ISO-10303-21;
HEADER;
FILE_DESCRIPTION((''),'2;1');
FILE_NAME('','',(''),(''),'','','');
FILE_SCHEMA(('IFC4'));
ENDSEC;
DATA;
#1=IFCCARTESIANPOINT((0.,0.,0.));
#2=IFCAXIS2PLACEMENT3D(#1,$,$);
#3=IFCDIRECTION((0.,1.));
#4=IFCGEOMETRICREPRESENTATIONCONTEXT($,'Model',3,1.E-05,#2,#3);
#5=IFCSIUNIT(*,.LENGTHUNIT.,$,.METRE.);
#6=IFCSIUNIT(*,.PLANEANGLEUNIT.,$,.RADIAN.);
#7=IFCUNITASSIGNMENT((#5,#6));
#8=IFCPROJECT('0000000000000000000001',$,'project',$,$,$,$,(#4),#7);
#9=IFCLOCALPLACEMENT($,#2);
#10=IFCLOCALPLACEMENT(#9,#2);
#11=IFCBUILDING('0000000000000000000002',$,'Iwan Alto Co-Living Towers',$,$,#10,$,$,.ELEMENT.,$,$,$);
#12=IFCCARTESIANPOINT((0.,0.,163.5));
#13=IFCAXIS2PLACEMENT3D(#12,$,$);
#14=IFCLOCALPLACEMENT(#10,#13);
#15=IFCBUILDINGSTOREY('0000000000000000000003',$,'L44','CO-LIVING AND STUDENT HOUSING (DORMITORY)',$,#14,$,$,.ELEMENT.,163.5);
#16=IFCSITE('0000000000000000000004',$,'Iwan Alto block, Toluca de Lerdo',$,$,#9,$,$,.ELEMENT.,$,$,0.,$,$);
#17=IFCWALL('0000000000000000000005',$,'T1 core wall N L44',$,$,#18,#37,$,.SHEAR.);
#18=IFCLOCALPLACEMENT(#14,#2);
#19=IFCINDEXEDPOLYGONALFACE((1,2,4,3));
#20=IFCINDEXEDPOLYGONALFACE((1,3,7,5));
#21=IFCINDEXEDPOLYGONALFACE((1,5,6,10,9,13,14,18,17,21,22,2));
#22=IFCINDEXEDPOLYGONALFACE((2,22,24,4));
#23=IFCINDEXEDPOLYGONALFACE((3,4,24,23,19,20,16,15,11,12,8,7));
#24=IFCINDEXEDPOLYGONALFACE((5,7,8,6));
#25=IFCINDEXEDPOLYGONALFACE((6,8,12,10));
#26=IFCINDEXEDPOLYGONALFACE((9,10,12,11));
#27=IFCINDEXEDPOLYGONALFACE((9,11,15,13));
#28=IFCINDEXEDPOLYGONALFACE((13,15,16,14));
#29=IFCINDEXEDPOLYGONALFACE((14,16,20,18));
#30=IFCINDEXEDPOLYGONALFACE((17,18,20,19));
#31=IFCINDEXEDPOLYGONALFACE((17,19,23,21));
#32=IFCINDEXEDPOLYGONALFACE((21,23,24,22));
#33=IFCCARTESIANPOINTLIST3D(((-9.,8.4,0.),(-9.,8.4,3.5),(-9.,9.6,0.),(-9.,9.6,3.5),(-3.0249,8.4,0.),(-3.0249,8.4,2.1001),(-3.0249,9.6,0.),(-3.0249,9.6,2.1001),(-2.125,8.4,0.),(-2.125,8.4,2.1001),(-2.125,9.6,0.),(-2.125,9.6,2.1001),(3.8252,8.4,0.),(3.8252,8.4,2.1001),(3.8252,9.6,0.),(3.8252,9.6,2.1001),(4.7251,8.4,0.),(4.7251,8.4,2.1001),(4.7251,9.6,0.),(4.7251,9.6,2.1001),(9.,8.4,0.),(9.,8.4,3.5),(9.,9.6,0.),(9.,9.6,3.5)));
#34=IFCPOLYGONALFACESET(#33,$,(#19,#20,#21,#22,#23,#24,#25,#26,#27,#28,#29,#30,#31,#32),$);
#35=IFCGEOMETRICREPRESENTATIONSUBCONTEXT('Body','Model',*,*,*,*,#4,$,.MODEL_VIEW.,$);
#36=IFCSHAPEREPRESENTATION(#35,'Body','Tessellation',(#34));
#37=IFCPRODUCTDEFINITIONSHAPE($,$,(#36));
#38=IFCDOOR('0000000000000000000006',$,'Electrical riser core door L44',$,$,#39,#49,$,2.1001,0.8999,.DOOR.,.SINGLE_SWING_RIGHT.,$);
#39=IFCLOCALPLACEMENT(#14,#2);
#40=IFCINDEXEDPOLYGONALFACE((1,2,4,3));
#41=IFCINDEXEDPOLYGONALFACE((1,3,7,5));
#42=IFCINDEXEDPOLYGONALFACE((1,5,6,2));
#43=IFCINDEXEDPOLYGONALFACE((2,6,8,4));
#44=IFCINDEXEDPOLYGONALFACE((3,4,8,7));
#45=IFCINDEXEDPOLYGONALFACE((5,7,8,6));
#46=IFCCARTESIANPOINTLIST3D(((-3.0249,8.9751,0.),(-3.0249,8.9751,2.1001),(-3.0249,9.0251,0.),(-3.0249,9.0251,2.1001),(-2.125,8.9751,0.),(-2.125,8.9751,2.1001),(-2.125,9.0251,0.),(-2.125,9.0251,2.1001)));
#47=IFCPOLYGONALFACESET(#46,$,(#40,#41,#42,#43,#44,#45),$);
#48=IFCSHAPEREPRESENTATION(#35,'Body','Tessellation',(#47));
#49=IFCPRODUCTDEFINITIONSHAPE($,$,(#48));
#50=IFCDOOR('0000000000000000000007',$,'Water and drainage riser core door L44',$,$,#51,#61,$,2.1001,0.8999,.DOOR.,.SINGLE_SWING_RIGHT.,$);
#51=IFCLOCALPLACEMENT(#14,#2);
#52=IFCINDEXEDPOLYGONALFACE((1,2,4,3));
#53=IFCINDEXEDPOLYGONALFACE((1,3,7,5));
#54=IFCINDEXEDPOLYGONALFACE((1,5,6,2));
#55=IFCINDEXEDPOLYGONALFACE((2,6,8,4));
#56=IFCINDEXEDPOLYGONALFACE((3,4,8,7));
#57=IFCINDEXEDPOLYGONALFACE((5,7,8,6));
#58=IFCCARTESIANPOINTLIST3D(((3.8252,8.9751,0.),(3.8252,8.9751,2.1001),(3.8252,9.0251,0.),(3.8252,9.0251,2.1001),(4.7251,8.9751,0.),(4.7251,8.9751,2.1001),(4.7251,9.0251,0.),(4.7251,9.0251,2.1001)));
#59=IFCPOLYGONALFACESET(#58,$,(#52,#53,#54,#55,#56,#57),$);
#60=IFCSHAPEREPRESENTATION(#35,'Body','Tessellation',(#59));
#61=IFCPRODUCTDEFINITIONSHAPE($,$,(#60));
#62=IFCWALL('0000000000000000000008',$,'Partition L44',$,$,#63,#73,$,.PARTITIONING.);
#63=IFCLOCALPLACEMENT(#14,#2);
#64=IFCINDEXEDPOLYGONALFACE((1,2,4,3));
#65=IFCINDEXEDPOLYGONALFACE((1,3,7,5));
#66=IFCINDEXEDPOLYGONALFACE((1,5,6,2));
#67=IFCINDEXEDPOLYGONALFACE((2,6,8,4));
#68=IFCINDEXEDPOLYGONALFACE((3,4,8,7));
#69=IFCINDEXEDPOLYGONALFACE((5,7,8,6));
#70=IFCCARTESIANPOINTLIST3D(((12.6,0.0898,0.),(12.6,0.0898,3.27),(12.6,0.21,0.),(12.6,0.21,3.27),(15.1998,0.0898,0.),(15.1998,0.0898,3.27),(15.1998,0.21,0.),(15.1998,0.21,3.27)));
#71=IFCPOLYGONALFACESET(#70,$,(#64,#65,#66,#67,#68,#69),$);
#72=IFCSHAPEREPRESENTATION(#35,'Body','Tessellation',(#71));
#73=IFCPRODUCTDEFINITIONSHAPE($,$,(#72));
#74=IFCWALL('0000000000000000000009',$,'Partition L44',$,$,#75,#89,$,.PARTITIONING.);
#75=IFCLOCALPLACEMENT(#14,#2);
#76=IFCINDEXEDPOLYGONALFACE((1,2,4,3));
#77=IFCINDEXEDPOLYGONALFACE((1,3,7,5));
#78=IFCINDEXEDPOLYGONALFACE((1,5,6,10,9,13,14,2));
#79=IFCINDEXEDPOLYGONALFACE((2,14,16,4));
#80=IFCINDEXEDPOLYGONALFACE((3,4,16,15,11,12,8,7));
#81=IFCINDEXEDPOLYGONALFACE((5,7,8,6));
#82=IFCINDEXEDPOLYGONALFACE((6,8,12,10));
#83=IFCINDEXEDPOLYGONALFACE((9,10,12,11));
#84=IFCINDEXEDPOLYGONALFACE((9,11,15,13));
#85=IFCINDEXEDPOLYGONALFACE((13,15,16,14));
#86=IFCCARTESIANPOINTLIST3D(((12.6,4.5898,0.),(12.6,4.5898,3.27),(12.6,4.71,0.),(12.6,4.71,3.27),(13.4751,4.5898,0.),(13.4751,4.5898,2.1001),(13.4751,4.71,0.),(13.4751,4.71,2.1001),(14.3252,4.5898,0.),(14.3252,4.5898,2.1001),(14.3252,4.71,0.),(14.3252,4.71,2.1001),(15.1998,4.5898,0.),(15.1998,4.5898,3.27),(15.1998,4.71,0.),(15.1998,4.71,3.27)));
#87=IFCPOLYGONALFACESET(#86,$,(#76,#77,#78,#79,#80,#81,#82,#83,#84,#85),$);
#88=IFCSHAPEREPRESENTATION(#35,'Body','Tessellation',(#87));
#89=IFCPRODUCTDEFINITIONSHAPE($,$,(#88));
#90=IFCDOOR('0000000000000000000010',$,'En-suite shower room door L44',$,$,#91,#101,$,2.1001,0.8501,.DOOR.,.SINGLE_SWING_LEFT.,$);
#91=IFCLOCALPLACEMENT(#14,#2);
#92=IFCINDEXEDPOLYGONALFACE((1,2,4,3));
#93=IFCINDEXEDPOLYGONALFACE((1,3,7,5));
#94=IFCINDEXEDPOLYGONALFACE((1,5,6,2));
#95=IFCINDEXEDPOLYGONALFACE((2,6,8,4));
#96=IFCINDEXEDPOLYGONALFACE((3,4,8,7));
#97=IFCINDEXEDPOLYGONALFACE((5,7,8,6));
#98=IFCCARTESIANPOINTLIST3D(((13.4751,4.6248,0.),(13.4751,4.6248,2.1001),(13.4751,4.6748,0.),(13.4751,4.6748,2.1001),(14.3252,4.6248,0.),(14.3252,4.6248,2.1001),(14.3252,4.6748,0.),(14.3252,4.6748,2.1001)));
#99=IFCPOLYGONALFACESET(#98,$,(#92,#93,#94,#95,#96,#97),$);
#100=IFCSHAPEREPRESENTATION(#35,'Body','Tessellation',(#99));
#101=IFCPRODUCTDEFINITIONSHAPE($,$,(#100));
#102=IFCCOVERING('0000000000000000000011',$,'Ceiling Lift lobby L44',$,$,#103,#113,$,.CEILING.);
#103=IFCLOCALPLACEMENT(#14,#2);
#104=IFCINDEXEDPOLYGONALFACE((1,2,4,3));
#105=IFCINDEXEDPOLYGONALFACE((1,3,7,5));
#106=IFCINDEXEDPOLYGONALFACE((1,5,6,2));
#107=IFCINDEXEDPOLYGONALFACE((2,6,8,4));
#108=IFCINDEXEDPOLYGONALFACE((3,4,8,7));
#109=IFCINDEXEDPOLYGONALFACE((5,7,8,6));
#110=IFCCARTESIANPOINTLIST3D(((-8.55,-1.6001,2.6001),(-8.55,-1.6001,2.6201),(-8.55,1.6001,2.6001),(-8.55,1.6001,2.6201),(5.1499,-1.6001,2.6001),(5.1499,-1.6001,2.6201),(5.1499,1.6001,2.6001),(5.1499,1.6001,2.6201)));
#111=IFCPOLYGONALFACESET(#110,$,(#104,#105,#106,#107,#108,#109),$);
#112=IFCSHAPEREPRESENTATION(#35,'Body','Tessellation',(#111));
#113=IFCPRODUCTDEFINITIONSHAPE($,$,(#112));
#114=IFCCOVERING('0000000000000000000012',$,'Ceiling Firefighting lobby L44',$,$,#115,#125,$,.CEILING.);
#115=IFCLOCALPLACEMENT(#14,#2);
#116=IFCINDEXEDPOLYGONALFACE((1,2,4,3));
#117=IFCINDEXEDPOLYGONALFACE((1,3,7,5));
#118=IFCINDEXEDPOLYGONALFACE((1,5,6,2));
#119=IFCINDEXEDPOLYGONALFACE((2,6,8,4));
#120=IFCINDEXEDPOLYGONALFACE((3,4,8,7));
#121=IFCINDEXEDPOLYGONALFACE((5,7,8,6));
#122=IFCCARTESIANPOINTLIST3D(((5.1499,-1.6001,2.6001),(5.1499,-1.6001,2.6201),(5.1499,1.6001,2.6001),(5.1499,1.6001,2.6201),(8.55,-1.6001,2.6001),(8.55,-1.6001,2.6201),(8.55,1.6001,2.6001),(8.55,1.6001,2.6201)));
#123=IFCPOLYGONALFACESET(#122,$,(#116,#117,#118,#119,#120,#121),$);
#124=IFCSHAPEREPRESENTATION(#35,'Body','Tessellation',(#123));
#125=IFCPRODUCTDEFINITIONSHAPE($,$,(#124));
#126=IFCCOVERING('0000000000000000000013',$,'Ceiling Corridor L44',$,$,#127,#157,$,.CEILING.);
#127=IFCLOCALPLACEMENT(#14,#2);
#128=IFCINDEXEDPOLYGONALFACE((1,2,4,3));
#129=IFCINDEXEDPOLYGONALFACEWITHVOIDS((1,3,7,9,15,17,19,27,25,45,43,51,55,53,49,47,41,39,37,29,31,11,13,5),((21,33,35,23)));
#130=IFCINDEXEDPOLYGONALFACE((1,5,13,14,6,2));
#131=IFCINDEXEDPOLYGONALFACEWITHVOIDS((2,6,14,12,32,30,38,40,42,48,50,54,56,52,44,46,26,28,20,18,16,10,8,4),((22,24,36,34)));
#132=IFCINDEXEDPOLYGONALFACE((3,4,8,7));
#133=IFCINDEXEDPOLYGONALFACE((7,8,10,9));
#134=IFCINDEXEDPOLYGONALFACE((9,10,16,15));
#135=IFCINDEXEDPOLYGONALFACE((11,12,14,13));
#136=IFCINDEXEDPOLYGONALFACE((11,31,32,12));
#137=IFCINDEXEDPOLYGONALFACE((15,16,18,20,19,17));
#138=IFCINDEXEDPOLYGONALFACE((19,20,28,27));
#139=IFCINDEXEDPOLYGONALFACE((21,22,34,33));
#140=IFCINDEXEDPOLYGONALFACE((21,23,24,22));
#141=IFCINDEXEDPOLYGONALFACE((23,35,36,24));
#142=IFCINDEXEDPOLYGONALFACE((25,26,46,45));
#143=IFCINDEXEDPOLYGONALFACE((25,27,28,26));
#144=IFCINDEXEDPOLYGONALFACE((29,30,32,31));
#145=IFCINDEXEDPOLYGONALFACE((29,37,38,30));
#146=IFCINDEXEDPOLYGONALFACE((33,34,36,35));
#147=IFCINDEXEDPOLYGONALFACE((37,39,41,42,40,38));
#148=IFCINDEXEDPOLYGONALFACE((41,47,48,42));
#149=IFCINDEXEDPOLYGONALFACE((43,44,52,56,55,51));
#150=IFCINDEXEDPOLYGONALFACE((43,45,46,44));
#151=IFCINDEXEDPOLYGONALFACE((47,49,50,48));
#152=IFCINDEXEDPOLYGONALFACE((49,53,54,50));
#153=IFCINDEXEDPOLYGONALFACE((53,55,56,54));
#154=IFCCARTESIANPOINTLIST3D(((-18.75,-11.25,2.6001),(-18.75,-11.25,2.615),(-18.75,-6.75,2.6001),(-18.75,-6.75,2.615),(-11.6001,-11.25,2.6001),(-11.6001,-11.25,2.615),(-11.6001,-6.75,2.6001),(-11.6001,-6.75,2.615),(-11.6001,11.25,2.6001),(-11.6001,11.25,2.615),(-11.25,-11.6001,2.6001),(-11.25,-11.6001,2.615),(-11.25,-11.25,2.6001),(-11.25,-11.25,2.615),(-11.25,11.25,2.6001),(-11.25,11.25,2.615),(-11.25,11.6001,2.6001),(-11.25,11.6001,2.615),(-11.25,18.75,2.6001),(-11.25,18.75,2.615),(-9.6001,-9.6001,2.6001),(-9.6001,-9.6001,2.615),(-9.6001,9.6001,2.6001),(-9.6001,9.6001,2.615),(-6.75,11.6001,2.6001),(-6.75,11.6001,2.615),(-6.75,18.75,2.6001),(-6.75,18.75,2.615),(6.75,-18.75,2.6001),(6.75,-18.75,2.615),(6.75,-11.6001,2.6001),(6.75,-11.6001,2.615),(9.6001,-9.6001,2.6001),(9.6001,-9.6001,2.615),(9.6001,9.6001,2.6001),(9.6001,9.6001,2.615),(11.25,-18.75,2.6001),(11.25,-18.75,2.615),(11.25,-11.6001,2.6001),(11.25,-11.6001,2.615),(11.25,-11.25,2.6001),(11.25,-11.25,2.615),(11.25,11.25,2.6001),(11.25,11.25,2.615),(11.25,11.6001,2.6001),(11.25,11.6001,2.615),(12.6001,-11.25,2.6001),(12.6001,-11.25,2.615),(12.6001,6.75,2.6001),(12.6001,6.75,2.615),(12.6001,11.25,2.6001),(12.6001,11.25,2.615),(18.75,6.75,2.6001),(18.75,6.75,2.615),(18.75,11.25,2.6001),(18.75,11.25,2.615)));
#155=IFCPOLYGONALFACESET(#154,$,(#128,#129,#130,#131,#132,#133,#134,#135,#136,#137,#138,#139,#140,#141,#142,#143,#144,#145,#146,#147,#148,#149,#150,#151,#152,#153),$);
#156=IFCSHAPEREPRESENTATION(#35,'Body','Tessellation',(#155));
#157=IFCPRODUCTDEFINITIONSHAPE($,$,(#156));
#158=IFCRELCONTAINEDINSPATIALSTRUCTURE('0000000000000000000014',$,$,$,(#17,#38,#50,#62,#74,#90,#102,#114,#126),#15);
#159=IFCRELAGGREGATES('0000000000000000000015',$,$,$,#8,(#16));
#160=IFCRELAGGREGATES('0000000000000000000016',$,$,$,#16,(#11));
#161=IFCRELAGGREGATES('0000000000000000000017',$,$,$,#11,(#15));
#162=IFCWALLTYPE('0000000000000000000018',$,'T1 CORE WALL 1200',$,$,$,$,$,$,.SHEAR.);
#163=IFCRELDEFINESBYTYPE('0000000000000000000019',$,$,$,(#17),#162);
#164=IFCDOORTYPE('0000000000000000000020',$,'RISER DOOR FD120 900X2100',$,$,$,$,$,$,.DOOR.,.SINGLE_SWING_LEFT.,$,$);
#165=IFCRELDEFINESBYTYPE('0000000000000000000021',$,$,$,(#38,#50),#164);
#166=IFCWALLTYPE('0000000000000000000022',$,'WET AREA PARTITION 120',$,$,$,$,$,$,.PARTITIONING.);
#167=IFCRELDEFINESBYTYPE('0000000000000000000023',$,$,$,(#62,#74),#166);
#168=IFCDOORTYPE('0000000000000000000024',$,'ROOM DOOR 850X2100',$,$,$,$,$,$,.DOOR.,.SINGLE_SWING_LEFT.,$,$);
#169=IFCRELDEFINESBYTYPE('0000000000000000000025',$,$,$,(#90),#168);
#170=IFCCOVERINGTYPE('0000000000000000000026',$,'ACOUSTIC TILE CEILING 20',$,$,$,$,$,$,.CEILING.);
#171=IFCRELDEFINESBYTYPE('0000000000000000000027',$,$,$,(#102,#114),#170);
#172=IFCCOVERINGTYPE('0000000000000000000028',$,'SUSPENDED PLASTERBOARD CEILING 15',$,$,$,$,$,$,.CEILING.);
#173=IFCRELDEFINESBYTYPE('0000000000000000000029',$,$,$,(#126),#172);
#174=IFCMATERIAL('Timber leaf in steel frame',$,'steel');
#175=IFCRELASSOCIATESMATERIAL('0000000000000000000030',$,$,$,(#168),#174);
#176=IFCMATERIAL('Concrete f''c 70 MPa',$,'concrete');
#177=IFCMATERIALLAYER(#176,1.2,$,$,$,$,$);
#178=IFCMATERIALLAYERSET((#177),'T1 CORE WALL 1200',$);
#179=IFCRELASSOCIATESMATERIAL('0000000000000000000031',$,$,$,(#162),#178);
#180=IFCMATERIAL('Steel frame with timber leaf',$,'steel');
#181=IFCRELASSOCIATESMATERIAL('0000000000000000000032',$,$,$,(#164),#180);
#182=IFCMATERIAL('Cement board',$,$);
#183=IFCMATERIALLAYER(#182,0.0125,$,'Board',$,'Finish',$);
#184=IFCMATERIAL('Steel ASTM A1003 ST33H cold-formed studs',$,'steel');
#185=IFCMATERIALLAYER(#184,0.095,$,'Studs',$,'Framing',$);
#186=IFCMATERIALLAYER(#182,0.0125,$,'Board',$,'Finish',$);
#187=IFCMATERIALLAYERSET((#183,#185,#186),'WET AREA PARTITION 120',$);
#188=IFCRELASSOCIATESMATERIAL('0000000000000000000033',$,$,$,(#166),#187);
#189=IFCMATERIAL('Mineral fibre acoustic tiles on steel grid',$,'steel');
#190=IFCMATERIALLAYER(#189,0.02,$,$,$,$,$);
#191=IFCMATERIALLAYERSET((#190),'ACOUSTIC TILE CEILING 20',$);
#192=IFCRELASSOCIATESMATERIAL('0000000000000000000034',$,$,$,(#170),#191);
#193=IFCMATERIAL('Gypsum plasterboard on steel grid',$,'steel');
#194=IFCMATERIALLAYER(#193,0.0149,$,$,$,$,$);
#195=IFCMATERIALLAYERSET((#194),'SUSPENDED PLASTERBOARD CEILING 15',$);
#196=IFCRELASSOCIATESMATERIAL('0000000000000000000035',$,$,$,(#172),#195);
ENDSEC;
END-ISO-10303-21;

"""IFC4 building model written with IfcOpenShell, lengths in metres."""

from ifc_helpers import new_model, si_unit, direction, frame, frame_2d, origin, place, context, subcontext, project, spatial, polyline, rectangle, outline, extrude, material, layer, layer_set, type_object, element, fill, save


model = new_model("IFC4")

# Units and contexts
model_context = context("Model", 3, precision=1e-05, world=origin(), true_north=direction((0.0, 1.0)))
body_context = subcontext(model_context, "Body", "Model", "MODEL_VIEW")
ifc_project = project(units=[si_unit("LENGTHUNIT", "METRE"), si_unit("PLANEANGLEUNIT", "RADIAN")], contexts=[model_context])

# Site, building, storey
site_placement = place(None, origin())
site = spatial("IfcSite", under=ifc_project, at=site_placement, Name="Iwan Alto block, Toluca de Lerdo", CompositionType="ELEMENT", RefElevation=0.0)
building_placement = place(site_placement, origin())
building = spatial("IfcBuilding", under=site, at=building_placement, Name="Iwan Alto Co-Living Towers", CompositionType="ELEMENT")
storey_placement = place(building_placement, frame((0.0, 0.0, 163.5)))
storey = spatial("IfcBuildingStorey", under=building, at=storey_placement, Name="L44", Description="CO-LIVING AND STUDENT HOUSING (DORMITORY)", CompositionType="ELEMENT", Elevation=163.5)

# Shared definitions
ifc_material_1 = material(Name="Steel ASTM A1003 ST33H cold-formed studs", Category="steel")
ifc_material_2 = material(Name="Timber leaf in steel frame", Category="steel")
door_type_1 = type_object("IfcDoorType", Name="ROOM DOOR 850X2100", OperationType="SINGLE_SWING_LEFT", PredefinedType="DOOR", material=ifc_material_2)

# Wall, openings, doors
ifc_material_3 = material(Name="Concrete f'c 70 MPa", Category="concrete")
ifc_layer_1 = layer(ifc_material_3, 1.2)
ifc_layer_set_1 = layer_set([ifc_layer_1], Name="T1 CORE WALL 1200")
wall_type_1 = type_object("IfcWallType", Name="T1 CORE WALL 1200", PredefinedType="SHEAR", material=ifc_layer_set_1)
wall_1_placement = place(storey_placement, frame((9.0, 9.0, 0.0), z_axis=(0.0, 0.0, 1.0), x_axis=(-1.0, 0.0, 0.0)))
wall_1 = element("IfcWall", 1, at=wall_1_placement, inside=storey, type_object=wall_type_1, Name="T1 core wall N L44", PredefinedType="SHEAR", context=body_context, shape_type="SweptSolid", body=[
    extrude(rectangle(XDim=18.0, YDim=1.2, at=frame_2d((9.0, 0.0))), origin(), (0.0, 0.0, 1.0), 3.5),
])
opening_1_placement = place(wall_1_placement, frame((11.125, 0.0, 0.0)))
opening_1 = element("IfcOpeningElement", 2, at=opening_1_placement, cuts=wall_1, PredefinedType="OPENING", context=body_context, shape_type="SweptSolid", body=[
    extrude(rectangle(XDim=0.8999, YDim=2.1001, at=frame_2d((0.45, 1.05))), frame((0.0, 0.6099, 0.0), z_axis=(0.0, -1.0, 0.0), x_axis=(1.0, 0.0, 0.0)), (0.0, 0.0, 1.0), 1.22),
])
opening_2_placement = place(wall_1_placement, frame((4.2749, 0.0, 0.0)))
opening_2 = element("IfcOpeningElement", 3, at=opening_2_placement, cuts=wall_1, PredefinedType="OPENING", context=body_context, shape_type="SweptSolid", body=[
    extrude(rectangle(XDim=0.8999, YDim=2.1001, at=frame_2d((0.45, 1.05))), frame((0.0, 0.6099, 0.0), z_axis=(0.0, -1.0, 0.0), x_axis=(1.0, 0.0, 0.0)), (0.0, 0.0, 1.0), 1.22),
])
ifc_material_4 = material(Name="Steel frame with timber leaf", Category="steel")
door_type_2 = type_object("IfcDoorType", Name="RISER DOOR FD120 900X2100", OperationType="SINGLE_SWING_LEFT", PredefinedType="DOOR", material=ifc_material_4)
door_1_placement = place(opening_1_placement, origin())
door_1 = element("IfcDoor", 4, at=door_1_placement, inside=storey, type_object=door_type_2, Name="Electrical riser core door L44", OperationType="SINGLE_SWING_RIGHT", OverallHeight=2.1001, OverallWidth=0.8999, PredefinedType="DOOR", context=body_context, shape_type="SweptSolid", body=[
    extrude(rectangle(XDim=0.8999, YDim=2.1001, at=frame_2d((0.45, 1.05))), frame((0.0, 0.0249, 0.0), z_axis=(0.0, -1.0, 0.0), x_axis=(1.0, 0.0, 0.0)), (0.0, 0.0, 1.0), 0.05),
])
fill(opening_1, door_1)
door_2_placement = place(opening_2_placement, origin())
door_2 = element("IfcDoor", 5, at=door_2_placement, inside=storey, type_object=door_type_2, Name="Water and drainage riser core door L44", OperationType="SINGLE_SWING_RIGHT", OverallHeight=2.1001, OverallWidth=0.8999, PredefinedType="DOOR", context=body_context, shape_type="SweptSolid", body=[
    extrude(rectangle(XDim=0.8999, YDim=2.1001, at=frame_2d((0.45, 1.05))), frame((0.0, 0.0249, 0.0), z_axis=(0.0, -1.0, 0.0), x_axis=(1.0, 0.0, 0.0)), (0.0, 0.0, 1.0), 0.05),
])
fill(opening_2, door_2)

# Wall
ifc_material_5 = material(Name="Cement board")
ifc_layer_2 = layer(ifc_material_5, 0.0125, Name="Board", Category="Finish")
ifc_layer_3 = layer(ifc_material_1, 0.095, Name="Studs", Category="Framing")
ifc_layer_4 = layer(ifc_material_5, 0.0125, Name="Board", Category="Finish")
ifc_layer_set_2 = layer_set([ifc_layer_2, ifc_layer_3, ifc_layer_4], Name="WET AREA PARTITION 120")
wall_type_2 = type_object("IfcWallType", Name="WET AREA PARTITION 120", PredefinedType="PARTITIONING", material=ifc_layer_set_2)
wall_2_placement = place(storey_placement, frame((12.6001, 0.1499, 0.0), z_axis=(0.0, 0.0, 1.0), x_axis=(1.0, 0.0, 0.0)))
element("IfcWall", 6, at=wall_2_placement, inside=storey, type_object=wall_type_2, Name="Partition L44", PredefinedType="PARTITIONING", context=body_context, shape_type="SweptSolid", body=[
    extrude(rectangle(XDim=2.5999, YDim=0.1201, at=frame_2d((1.2998, 0.0))), origin(), (0.0, 0.0, 1.0), 3.27),
])

# Wall, opening, door
wall_3_placement = place(storey_placement, frame((12.6001, 4.6499, 0.0), z_axis=(0.0, 0.0, 1.0), x_axis=(1.0, 0.0, 0.0)))
wall_3 = element("IfcWall", 7, at=wall_3_placement, inside=storey, type_object=wall_type_2, Name="Partition L44", PredefinedType="PARTITIONING", context=body_context, shape_type="SweptSolid", body=[
    extrude(rectangle(XDim=2.5999, YDim=0.1201, at=frame_2d((1.2998, 0.0))), origin(), (0.0, 0.0, 1.0), 3.27),
])
opening_3_placement = place(wall_3_placement, frame((0.875, 0.0, 0.0)))
opening_3 = element("IfcOpeningElement", 8, at=opening_3_placement, cuts=wall_3, PredefinedType="OPENING", context=body_context, shape_type="SweptSolid", body=[
    extrude(rectangle(XDim=0.8501, YDim=2.1001, at=frame_2d((0.425, 1.05))), frame((0.0, 0.0701, 0.0), z_axis=(0.0, -1.0, 0.0), x_axis=(1.0, 0.0, 0.0)), (0.0, 0.0, 1.0), 0.1401),
])
door_3_placement = place(opening_3_placement, origin())
door_3 = element("IfcDoor", 9, at=door_3_placement, inside=storey, type_object=door_type_1, Name="En-suite shower room door L44", OperationType="SINGLE_SWING_LEFT", OverallHeight=2.1001, OverallWidth=0.8501, PredefinedType="DOOR", context=body_context, shape_type="SweptSolid", body=[
    extrude(rectangle(XDim=0.8501, YDim=2.1001, at=frame_2d((0.425, 1.05))), frame((0.0, 0.0249, 0.0), z_axis=(0.0, -1.0, 0.0), x_axis=(1.0, 0.0, 0.0)), (0.0, 0.0, 1.0), 0.05),
])
fill(opening_3, door_3)

# Coverings
ifc_material_6 = material(Name="Mineral fibre acoustic tiles on steel grid", Category="steel")
ifc_layer_5 = layer(ifc_material_6, 0.02)
ifc_layer_set_3 = layer_set([ifc_layer_5], Name="ACOUSTIC TILE CEILING 20")
covering_type_1 = type_object("IfcCoveringType", Name="ACOUSTIC TILE CEILING 20", PredefinedType="CEILING", material=ifc_layer_set_3)
covering_1_placement = place(storey_placement, frame((0.0, 0.0, 2.6001)))
element("IfcCovering", 10, at=covering_1_placement, inside=storey, type_object=covering_type_1, Name="Ceiling Lift lobby L44", PredefinedType="CEILING", context=body_context, shape_type="SweptSolid", body=[
    extrude(outline(polyline([(-8.55, -1.6001), (-8.55, 1.6001), (5.1499, 1.6001), (5.1499, -1.6001), (-8.55, -1.6001)])), origin(), (0.0, 0.0, 1.0), 0.02),
])
covering_2_placement = place(storey_placement, frame((0.0, 0.0, 2.6001)))
element("IfcCovering", 11, at=covering_2_placement, inside=storey, type_object=covering_type_1, Name="Ceiling Firefighting lobby L44", PredefinedType="CEILING", context=body_context, shape_type="SweptSolid", body=[
    extrude(outline(polyline([(5.1499, -1.6001), (5.1499, 1.6001), (8.55, 1.6001), (8.55, -1.6001), (5.1499, -1.6001)])), origin(), (0.0, 0.0, 1.0), 0.02),
])
ifc_material_7 = material(Name="Gypsum plasterboard on steel grid", Category="steel")
ifc_layer_6 = layer(ifc_material_7, 0.0149)
ifc_layer_set_4 = layer_set([ifc_layer_6], Name="SUSPENDED PLASTERBOARD CEILING 15")
covering_type_2 = type_object("IfcCoveringType", Name="SUSPENDED PLASTERBOARD CEILING 15", PredefinedType="CEILING", material=ifc_layer_set_4)
covering_3_placement = place(storey_placement, frame((0.0, 0.0, 2.6001)))
element("IfcCovering", 12, at=covering_3_placement, inside=storey, type_object=covering_type_2, Name="Ceiling Corridor L44", PredefinedType="CEILING", context=body_context, shape_type="SweptSolid", body=[
    extrude(outline(polyline([(-18.75, -11.25), (-18.75, -6.75), (-11.6001, -6.75), (-11.6001, 11.25), (-11.25, 11.25), (-11.25, 11.6001), (-11.25, 18.75), (-6.75, 18.75), (-6.75, 11.6001), (11.25, 11.6001), (11.25, 11.25), (12.6001, 11.25), (18.75, 11.25), (18.75, 6.75), (12.6001, 6.75), (12.6001, -11.25), (11.25, -11.25), (11.25, -11.6001), (11.25, -18.75), (6.75, -18.75), (6.75, -11.6001), (-11.25, -11.6001), (-11.25, -11.25), (-11.6001, -11.25), (-18.75, -11.25)]), holes=[polyline([(9.6001, 9.6001), (-9.6001, 9.6001), (-9.6001, -9.6001), (9.6001, -9.6001), (9.6001, 9.6001)])]), origin(), (0.0, 0.0, 1.0), 0.0149),
])

save(model, "model.ifc")
